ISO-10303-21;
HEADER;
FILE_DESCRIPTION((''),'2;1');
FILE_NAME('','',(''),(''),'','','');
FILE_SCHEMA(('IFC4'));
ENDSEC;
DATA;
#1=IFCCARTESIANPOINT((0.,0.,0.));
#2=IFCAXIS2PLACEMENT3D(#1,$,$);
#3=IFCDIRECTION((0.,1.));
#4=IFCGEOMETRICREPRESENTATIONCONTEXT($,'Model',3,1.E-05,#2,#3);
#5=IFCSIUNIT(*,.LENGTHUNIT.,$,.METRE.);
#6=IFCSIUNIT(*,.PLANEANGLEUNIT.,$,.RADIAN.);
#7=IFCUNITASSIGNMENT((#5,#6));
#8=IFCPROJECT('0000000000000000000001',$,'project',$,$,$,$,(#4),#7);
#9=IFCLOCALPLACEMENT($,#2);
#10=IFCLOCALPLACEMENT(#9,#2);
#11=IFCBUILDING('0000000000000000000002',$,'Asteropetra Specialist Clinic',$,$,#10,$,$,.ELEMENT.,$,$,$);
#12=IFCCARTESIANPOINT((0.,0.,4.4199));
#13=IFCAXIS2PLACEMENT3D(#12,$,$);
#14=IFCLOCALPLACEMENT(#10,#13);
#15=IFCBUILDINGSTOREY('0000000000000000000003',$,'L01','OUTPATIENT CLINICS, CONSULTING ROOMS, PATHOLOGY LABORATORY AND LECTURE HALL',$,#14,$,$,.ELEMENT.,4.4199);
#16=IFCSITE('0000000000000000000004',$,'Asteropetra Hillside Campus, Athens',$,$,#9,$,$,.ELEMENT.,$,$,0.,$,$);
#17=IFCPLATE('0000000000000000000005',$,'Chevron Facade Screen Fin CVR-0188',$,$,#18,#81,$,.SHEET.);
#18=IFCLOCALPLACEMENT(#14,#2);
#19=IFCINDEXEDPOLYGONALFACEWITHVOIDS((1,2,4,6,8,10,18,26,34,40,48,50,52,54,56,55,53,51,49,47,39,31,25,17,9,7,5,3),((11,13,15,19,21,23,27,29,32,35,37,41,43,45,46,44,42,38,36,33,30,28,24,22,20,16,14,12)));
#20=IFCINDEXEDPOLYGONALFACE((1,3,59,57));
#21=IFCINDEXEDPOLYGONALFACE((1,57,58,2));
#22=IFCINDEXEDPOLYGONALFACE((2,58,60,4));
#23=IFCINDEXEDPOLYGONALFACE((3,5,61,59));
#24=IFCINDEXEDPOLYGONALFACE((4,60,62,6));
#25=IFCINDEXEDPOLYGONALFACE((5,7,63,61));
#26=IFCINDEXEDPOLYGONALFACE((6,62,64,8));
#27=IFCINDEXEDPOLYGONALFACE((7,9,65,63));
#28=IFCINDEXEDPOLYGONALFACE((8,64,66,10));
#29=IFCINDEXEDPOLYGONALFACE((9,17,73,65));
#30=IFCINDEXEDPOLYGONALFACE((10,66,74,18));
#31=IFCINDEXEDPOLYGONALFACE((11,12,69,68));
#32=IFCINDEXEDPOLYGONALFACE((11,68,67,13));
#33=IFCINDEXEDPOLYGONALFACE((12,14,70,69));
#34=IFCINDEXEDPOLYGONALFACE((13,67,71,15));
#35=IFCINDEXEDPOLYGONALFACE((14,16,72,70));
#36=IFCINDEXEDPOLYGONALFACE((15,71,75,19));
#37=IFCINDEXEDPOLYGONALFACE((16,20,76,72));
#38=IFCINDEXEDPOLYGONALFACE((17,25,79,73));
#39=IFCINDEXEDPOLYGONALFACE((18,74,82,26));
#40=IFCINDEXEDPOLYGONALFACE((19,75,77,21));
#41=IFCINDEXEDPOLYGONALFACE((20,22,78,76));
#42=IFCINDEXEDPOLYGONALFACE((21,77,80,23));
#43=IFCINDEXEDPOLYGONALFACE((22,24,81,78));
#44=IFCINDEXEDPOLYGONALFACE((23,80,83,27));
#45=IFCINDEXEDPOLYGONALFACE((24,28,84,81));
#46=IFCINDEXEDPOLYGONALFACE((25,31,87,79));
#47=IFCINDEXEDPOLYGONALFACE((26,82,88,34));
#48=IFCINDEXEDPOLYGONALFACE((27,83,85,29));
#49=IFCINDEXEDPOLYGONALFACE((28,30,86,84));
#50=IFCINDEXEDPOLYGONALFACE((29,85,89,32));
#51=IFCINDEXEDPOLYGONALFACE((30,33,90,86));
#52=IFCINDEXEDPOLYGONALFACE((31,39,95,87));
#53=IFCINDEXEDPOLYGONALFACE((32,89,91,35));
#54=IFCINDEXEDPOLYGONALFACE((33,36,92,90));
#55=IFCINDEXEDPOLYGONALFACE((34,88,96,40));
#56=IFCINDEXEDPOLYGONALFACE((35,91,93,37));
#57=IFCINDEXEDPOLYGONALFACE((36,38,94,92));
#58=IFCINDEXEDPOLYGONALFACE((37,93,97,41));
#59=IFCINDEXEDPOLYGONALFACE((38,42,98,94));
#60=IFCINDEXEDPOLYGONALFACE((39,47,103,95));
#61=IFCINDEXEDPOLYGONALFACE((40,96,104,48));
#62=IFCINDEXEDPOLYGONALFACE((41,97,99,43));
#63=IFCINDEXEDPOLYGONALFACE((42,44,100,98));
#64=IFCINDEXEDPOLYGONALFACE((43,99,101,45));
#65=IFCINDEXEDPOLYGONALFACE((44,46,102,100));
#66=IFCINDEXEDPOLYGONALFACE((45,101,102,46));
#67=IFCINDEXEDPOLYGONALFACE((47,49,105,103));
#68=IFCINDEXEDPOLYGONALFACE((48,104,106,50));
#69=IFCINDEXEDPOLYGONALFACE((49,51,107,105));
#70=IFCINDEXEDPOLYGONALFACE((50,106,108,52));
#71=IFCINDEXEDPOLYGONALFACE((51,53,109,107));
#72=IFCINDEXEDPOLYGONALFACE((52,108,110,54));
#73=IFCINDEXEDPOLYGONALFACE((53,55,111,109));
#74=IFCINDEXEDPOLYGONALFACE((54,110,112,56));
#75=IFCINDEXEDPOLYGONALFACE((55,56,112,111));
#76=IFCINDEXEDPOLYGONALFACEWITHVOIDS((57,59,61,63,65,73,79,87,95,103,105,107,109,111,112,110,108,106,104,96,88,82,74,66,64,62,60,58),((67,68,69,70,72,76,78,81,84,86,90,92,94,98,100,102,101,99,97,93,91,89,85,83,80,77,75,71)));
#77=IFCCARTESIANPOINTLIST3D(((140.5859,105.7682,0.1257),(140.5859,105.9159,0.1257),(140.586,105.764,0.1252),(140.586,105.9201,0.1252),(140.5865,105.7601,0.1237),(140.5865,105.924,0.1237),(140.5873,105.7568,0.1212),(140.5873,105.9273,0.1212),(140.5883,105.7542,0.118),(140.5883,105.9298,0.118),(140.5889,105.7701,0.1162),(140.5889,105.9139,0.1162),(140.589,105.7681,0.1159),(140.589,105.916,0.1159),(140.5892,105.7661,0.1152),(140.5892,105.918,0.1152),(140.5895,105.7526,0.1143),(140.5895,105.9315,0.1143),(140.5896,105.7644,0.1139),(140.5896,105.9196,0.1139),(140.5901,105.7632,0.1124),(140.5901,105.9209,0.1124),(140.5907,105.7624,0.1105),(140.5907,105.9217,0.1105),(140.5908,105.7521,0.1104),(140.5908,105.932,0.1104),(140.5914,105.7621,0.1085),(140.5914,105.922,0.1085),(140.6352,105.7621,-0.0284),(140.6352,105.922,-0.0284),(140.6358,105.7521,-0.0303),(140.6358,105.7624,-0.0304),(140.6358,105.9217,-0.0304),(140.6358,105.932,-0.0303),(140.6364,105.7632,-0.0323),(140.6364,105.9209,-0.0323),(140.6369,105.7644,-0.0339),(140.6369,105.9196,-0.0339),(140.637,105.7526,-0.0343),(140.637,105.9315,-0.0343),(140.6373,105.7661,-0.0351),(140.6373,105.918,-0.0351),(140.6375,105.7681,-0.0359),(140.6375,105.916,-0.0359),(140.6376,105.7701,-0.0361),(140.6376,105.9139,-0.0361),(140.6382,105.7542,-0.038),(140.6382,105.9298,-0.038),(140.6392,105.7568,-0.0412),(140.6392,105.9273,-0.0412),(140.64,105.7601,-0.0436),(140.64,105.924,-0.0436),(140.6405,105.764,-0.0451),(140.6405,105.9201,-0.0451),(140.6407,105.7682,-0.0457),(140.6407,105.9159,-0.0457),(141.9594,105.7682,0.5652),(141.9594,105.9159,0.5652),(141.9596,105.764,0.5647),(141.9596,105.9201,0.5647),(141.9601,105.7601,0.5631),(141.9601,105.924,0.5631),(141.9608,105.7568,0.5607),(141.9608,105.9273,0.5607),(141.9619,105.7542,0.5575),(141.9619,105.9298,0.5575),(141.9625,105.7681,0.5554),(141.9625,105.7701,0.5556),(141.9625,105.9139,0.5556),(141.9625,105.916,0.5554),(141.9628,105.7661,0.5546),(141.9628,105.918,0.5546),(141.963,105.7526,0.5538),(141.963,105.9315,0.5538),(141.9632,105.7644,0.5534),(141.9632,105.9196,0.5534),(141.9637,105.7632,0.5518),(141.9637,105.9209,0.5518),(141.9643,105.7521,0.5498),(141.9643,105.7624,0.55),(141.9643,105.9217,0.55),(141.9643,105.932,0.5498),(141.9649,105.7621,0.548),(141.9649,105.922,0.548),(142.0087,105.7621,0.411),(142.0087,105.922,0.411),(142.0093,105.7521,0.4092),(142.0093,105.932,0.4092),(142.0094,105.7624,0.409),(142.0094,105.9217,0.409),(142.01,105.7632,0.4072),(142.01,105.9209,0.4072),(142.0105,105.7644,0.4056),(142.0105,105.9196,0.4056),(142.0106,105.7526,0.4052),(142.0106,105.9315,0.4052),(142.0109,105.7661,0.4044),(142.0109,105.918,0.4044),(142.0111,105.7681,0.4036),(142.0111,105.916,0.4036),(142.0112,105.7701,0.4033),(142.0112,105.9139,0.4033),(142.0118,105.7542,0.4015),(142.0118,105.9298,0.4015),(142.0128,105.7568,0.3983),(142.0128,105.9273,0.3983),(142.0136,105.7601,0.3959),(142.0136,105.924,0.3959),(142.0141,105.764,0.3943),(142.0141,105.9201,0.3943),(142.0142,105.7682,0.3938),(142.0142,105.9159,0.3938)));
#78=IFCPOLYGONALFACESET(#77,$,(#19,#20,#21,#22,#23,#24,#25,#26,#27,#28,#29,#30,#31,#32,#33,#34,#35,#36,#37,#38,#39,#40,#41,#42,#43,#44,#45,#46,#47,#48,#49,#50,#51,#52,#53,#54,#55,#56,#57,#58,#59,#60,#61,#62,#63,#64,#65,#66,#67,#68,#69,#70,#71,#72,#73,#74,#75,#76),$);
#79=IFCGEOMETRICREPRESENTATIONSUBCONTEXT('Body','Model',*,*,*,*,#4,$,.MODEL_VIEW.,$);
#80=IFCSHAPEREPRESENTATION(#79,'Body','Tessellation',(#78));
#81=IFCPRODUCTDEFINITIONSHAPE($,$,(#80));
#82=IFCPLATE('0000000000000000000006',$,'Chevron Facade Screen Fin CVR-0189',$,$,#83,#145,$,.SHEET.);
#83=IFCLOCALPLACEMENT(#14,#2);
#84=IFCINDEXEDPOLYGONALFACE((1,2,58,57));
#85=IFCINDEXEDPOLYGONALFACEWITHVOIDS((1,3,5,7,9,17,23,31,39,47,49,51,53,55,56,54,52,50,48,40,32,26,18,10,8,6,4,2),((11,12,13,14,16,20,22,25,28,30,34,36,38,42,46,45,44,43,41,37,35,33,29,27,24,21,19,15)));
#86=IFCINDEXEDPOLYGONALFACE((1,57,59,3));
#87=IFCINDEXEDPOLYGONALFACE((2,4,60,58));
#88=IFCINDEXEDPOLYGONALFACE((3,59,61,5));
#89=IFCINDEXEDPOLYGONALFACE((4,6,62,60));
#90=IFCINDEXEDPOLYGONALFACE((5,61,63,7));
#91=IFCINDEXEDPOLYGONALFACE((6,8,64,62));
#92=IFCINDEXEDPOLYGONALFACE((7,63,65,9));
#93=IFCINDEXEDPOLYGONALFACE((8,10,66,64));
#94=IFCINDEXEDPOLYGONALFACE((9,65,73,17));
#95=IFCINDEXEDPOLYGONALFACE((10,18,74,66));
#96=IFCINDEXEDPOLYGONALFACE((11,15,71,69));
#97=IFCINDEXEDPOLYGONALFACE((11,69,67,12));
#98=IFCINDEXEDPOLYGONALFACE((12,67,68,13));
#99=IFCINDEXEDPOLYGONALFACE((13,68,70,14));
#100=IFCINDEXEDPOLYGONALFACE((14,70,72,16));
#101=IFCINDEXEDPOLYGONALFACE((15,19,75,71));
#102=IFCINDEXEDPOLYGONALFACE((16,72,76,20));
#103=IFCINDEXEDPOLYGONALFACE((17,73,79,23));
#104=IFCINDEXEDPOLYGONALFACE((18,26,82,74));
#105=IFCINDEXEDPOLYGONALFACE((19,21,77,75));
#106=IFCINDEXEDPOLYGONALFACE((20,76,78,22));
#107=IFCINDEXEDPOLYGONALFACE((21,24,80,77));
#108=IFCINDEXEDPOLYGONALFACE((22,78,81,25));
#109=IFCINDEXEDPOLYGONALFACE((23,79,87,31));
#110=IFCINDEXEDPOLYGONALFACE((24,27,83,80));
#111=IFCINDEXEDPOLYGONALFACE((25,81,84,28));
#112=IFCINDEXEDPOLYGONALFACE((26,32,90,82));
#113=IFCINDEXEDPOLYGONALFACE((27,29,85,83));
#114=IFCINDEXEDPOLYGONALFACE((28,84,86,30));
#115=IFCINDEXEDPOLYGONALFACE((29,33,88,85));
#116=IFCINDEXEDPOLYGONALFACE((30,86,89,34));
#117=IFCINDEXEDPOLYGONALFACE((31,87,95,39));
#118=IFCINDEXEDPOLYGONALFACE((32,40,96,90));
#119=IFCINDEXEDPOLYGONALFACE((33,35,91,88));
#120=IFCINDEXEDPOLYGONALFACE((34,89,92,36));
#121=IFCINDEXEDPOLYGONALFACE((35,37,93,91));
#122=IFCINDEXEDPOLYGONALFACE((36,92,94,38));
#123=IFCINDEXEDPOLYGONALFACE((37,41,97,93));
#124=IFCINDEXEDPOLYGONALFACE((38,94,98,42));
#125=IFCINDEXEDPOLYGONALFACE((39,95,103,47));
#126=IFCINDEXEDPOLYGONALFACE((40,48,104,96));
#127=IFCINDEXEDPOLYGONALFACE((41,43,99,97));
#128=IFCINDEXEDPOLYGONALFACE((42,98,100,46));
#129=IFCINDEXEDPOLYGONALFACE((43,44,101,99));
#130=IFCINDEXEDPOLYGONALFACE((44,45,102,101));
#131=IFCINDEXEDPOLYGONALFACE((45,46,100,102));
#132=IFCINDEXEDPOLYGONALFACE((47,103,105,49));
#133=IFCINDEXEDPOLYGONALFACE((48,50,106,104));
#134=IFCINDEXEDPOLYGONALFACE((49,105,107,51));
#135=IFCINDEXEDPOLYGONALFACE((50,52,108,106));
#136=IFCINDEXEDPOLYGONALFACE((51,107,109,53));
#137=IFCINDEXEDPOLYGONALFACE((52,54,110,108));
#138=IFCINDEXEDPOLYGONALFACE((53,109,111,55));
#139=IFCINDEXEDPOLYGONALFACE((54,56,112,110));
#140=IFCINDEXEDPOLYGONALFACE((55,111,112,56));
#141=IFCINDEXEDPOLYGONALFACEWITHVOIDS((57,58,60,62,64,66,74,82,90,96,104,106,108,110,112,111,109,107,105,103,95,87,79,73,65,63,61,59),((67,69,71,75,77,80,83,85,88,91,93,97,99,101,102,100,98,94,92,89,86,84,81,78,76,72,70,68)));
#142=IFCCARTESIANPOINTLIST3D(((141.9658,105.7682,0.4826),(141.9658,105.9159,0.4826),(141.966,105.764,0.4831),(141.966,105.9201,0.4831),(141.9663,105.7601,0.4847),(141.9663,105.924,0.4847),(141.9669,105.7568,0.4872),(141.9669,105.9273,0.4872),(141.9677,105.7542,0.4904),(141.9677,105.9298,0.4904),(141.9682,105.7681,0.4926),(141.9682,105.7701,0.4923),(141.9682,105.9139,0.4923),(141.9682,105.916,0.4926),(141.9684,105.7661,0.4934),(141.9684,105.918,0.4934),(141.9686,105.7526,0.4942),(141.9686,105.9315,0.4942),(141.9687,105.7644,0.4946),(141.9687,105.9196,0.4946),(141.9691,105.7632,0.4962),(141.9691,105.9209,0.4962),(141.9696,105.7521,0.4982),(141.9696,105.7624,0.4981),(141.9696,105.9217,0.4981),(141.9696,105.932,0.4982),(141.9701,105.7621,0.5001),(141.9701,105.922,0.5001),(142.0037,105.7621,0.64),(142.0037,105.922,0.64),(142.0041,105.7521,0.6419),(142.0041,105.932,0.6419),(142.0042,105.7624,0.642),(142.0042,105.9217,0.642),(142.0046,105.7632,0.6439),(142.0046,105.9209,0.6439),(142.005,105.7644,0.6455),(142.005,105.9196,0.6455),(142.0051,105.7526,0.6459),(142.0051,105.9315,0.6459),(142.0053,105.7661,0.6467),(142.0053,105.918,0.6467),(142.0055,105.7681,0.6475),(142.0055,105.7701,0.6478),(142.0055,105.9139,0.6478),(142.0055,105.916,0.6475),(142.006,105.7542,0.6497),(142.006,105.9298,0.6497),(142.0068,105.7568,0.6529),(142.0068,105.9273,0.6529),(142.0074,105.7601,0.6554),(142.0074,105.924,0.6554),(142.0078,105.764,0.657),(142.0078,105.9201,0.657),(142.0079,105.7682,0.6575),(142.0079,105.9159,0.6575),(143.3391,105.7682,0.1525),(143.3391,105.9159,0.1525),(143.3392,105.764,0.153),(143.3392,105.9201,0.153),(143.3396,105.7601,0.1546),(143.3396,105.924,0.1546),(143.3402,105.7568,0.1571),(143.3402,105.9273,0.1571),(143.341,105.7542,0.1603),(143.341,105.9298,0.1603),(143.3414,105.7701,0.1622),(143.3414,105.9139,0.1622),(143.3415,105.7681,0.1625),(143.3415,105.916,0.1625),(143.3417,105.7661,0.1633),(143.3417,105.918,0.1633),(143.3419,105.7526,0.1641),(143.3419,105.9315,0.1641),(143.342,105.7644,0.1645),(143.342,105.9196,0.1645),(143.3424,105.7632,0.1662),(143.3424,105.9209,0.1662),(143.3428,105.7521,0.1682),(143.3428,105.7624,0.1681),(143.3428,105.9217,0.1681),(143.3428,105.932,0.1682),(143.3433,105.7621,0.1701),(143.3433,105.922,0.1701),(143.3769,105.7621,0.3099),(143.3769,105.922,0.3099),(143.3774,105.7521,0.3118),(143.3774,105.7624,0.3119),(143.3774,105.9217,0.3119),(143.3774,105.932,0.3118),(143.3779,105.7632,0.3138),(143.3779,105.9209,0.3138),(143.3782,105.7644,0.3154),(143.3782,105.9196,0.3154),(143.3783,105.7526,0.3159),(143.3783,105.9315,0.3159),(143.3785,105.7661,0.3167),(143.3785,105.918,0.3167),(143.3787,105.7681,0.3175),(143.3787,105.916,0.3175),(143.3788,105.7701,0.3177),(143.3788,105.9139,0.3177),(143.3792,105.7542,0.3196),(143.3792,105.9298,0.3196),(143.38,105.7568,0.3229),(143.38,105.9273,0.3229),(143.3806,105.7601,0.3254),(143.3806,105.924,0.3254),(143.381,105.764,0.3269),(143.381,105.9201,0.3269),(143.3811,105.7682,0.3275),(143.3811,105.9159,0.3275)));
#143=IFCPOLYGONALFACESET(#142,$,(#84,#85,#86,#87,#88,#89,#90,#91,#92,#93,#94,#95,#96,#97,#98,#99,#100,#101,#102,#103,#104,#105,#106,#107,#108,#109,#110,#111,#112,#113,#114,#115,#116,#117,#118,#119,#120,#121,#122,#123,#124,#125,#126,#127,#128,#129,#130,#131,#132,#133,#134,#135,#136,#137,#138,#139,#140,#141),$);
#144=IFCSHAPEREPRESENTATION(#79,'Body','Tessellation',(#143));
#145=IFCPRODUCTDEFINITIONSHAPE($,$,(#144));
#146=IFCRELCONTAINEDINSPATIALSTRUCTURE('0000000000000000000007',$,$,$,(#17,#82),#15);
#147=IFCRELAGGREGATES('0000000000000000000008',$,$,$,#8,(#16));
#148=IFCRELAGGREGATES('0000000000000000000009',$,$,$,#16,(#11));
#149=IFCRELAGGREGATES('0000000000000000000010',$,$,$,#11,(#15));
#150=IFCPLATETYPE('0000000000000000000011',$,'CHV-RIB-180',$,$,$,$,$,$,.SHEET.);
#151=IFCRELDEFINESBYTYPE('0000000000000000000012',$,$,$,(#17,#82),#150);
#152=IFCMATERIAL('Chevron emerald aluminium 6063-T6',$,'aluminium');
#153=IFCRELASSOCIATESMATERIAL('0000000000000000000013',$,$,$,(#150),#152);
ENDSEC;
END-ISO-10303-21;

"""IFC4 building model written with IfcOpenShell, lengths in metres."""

from ifc_helpers import new_model, si_unit, direction, frame, origin, origin_2d, place, context, subcontext, project, spatial, hollow_rectangle, extrude, material, material_profile, profile_set, type_object, element, save


model = new_model("IFC4")

# Units and contexts
model_context = context("Model", 3, precision=1e-05, world=origin(), true_north=direction((0.0, 1.0)))
body_context = subcontext(model_context, "Body", "Model", "MODEL_VIEW")
ifc_project = project(units=[si_unit("LENGTHUNIT", "METRE"), si_unit("PLANEANGLEUNIT", "RADIAN")], contexts=[model_context])

# Site, building, storey
site_placement = place(None, origin())
site = spatial("IfcSite", under=ifc_project, at=site_placement, Name="Asteropetra Hillside Campus, Athens", CompositionType="ELEMENT", RefElevation=0.0)
building_placement = place(site_placement, origin())
building = spatial("IfcBuilding", under=site, at=building_placement, Name="Asteropetra Specialist Clinic", CompositionType="ELEMENT")
storey_placement = place(building_placement, frame((0.0, 0.0, 4.4199)))
storey = spatial("IfcBuildingStorey", under=building, at=storey_placement, Name="L01", Description="OUTPATIENT CLINICS, CONSULTING ROOMS, PATHOLOGY LABORATORY AND LECTURE HALL", CompositionType="ELEMENT", Elevation=4.4199)

# Plates
ifc_material_1 = material(Name="Chevron emerald aluminium 6063-T6", Category="aluminium")
ifc_material_profile_1 = material_profile(ifc_material_1, hollow_rectangle(XDim=0.1799, YDim=0.1799, WallThickness=0.01, InnerFilletRadius=0.0081, OuterFilletRadius=0.0161, at=origin_2d()), Name="SHS 180x180x10.0")
ifc_profile_set_1 = profile_set([ifc_material_profile_1], Name="Chevron emerald aluminium 6063-T6")
plate_type = type_object("IfcPlateType", Name="CHV-RIB-180", PredefinedType="SHEET", material=ifc_profile_set_1)
plate_1_placement = place(storey_placement, frame((141.9868, 105.842, 0.4795), z_axis=(-0.95244, 0.0, -0.304727), x_axis=(0.0, -1.0, 0.0)))
element("IfcPlate", 1, at=plate_1_placement, inside=storey, type_object=plate_type, Name="Chevron Facade Screen Fin CVR-0188", PredefinedType="SHEET", context=body_context, shape_type="SweptSolid", body=[
    extrude(hollow_rectangle(XDim=0.1799, YDim=0.1799, WallThickness=0.01, InnerFilletRadius=0.0081, OuterFilletRadius=0.0161, at=origin_2d()), origin(), (0.0, 0.0, 1.0), 1.4421),
])
plate_2_placement = place(storey_placement, frame((143.3601, 105.842, 0.24), z_axis=(-0.972309, 0.0, 0.2337), x_axis=(0.0, -1.0, 0.0)))
element("IfcPlate", 2, at=plate_2_placement, inside=storey, type_object=plate_type, Name="Chevron Facade Screen Fin CVR-0189", PredefinedType="SHEET", context=body_context, shape_type="SweptSolid", body=[
    extrude(hollow_rectangle(XDim=0.1799, YDim=0.1799, WallThickness=0.01, InnerFilletRadius=0.0081, OuterFilletRadius=0.0161, at=origin_2d()), origin(), (0.0, 0.0, 1.0), 1.4124),
])

save(model, "model.ifc")
